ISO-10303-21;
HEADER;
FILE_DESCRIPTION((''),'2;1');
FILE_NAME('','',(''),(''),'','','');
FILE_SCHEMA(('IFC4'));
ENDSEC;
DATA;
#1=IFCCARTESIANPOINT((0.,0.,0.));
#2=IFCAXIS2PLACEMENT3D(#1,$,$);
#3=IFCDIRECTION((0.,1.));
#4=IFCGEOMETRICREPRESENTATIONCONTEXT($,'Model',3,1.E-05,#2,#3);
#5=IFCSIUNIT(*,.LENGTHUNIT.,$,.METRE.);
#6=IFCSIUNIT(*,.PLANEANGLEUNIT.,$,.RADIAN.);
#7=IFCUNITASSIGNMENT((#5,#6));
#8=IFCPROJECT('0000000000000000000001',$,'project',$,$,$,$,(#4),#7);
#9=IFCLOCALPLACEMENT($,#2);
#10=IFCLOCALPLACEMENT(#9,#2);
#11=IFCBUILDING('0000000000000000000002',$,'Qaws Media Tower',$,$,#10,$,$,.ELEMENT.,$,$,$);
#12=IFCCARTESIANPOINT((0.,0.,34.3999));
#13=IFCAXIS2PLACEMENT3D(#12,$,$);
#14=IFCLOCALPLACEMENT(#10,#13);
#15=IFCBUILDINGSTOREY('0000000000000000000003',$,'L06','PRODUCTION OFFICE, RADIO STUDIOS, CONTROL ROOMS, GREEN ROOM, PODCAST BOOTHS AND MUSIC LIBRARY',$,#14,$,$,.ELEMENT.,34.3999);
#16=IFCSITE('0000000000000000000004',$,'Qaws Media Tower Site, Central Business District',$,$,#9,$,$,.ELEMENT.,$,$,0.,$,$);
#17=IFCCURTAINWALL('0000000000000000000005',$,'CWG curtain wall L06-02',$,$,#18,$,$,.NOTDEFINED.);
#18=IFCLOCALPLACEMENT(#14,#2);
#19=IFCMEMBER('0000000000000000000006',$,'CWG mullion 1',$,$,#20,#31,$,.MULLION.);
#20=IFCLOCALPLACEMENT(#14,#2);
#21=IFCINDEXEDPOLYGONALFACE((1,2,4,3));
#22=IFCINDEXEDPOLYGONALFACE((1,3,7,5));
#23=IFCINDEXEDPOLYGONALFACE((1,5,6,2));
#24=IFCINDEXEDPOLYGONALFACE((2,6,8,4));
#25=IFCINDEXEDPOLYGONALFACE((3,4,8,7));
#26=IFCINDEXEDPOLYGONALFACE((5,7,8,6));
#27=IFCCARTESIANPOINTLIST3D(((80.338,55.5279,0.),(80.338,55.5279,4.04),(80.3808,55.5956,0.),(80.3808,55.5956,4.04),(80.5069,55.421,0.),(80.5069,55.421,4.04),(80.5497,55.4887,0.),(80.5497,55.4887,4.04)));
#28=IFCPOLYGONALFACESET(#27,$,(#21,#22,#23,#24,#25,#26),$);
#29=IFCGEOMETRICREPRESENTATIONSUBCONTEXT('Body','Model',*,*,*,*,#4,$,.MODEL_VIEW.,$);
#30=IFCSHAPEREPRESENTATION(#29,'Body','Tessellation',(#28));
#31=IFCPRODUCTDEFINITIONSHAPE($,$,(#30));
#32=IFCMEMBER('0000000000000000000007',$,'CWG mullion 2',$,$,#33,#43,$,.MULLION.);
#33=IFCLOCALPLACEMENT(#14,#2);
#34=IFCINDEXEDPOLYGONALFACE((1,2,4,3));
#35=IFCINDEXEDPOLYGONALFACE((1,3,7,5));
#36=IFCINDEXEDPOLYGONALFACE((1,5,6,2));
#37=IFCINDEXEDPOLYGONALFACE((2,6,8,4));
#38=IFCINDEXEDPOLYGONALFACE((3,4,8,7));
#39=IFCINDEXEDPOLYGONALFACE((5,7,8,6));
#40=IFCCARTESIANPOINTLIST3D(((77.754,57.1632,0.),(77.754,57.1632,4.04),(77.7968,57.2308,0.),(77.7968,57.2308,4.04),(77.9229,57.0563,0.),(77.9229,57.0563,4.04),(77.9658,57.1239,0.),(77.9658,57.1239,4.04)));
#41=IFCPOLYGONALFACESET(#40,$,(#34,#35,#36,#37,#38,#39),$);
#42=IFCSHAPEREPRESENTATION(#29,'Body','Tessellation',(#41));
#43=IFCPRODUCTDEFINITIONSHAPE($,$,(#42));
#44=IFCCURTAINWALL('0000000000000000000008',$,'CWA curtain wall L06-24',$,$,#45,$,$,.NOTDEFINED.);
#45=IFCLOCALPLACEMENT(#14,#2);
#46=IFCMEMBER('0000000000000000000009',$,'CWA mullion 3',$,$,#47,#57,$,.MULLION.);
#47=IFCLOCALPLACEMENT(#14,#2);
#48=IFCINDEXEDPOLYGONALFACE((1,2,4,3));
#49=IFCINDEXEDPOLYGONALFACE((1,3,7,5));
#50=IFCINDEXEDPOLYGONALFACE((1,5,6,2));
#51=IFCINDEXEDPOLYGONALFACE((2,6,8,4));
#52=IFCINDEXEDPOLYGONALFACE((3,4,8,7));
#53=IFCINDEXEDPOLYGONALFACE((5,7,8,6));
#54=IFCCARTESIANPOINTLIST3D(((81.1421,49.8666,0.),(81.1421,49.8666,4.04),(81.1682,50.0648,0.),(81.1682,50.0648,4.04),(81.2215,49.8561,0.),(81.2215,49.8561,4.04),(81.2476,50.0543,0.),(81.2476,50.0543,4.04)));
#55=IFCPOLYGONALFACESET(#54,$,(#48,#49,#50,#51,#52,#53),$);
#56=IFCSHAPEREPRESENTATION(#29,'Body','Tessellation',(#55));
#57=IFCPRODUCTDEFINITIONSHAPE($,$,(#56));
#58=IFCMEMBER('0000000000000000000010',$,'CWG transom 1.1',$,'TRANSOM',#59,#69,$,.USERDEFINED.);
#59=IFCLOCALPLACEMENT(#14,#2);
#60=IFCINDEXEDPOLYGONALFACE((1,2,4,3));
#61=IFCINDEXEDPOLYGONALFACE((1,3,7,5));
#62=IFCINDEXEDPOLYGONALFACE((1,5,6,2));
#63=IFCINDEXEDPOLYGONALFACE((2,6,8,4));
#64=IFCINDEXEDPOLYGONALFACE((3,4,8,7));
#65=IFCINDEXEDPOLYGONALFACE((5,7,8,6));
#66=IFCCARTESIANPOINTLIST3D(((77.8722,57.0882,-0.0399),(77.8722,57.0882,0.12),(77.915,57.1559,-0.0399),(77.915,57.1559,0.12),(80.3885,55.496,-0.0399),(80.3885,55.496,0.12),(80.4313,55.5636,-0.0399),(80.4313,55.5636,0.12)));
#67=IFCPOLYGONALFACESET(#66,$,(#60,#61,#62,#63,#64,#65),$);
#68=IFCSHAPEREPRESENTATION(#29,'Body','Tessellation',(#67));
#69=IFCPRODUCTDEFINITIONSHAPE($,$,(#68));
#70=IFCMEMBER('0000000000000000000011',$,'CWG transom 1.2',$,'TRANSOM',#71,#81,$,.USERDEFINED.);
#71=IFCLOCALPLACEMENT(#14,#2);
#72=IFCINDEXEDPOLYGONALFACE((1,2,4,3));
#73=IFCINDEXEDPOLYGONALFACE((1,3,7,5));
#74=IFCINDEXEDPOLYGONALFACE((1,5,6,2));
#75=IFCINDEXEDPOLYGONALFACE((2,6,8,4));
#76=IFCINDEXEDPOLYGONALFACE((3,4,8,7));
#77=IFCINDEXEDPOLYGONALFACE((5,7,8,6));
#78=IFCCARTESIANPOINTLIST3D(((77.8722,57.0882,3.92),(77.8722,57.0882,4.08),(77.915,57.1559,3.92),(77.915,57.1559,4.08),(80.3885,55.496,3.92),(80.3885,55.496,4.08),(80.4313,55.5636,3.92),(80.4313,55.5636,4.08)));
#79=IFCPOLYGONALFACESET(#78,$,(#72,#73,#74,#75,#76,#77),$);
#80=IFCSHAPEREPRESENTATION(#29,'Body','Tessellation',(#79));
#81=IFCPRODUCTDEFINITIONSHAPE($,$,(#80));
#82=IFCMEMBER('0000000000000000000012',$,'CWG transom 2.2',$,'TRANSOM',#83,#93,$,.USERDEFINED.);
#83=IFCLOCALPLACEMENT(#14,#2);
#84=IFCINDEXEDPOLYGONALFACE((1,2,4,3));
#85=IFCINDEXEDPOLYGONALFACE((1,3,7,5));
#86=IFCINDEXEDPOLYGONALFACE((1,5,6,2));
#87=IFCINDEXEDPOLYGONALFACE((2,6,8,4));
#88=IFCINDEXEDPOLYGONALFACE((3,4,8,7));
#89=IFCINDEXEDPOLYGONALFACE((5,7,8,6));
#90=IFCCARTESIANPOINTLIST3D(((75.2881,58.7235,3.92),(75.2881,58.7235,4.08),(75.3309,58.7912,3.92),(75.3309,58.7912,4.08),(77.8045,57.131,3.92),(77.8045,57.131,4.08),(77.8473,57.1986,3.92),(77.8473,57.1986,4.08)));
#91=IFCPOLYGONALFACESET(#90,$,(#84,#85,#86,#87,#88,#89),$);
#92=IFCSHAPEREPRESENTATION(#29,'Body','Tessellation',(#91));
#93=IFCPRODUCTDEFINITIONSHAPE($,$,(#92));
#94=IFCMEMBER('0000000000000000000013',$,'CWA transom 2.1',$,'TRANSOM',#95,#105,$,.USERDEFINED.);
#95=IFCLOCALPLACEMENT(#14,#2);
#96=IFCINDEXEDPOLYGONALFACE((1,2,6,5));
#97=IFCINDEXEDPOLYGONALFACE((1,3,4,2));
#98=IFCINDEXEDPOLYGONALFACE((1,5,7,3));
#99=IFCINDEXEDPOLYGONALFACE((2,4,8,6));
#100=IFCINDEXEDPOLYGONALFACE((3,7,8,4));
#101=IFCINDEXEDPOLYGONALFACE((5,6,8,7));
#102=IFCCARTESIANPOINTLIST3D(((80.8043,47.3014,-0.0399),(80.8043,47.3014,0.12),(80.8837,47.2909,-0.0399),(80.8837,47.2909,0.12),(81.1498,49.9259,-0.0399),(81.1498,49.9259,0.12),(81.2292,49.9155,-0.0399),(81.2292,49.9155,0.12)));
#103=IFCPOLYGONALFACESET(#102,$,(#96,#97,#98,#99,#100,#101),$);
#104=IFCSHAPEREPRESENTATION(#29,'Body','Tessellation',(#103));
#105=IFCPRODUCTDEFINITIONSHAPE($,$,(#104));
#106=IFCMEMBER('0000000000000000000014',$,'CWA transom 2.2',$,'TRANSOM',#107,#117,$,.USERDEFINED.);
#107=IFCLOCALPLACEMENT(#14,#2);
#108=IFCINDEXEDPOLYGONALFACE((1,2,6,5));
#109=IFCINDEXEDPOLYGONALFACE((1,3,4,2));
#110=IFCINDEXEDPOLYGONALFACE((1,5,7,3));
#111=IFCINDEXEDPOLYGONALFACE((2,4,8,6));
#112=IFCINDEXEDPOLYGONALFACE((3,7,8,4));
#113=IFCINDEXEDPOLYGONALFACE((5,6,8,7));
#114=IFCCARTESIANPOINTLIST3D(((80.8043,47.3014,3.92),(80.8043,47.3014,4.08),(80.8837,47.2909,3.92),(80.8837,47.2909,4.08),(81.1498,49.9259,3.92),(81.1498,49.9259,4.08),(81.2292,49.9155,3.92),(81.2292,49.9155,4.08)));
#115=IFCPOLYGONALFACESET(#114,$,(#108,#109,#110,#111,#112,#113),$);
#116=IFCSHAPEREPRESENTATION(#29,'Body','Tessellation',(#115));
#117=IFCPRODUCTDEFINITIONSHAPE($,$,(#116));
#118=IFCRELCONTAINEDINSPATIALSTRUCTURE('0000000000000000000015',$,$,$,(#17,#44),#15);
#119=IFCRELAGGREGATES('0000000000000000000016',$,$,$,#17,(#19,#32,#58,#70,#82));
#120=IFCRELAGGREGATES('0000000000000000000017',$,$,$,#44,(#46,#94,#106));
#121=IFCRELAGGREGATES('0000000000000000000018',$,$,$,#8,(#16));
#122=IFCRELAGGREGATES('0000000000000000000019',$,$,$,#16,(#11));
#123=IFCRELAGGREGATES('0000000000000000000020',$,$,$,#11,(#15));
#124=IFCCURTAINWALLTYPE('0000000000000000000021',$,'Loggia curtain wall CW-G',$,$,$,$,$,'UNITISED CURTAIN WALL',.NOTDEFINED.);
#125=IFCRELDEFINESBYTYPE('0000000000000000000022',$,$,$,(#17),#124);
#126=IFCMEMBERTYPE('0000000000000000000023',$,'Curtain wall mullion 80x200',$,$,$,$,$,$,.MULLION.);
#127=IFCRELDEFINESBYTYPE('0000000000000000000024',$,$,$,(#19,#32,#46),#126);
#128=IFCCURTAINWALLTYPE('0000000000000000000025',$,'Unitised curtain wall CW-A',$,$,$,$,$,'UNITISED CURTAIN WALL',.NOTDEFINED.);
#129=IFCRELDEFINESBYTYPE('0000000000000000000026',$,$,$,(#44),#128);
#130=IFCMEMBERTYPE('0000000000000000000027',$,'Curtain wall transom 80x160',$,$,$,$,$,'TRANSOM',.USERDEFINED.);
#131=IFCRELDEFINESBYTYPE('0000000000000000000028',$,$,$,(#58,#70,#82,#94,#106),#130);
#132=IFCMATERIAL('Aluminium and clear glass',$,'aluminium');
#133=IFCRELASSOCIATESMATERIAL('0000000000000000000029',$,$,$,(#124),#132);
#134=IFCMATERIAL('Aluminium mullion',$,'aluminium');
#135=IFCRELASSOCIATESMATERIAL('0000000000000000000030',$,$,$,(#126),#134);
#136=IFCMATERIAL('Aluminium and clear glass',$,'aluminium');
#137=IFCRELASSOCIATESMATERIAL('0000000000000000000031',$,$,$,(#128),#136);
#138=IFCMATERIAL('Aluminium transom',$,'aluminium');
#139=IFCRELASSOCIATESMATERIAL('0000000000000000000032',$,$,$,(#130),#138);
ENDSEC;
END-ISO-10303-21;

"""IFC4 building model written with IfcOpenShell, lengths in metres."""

from ifc_helpers import new_model, si_unit, direction, frame, origin, origin_2d, place, context, subcontext, project, spatial, rectangle, extrude, material, material_profile, profile_set, type_object, element, aggregate, save


model = new_model("IFC4")

# Units and contexts
model_context = context("Model", 3, precision=1e-05, world=origin(), true_north=direction((0.0, 1.0)))
body_context = subcontext(model_context, "Body", "Model", "MODEL_VIEW")
ifc_project = project(units=[si_unit("LENGTHUNIT", "METRE"), si_unit("PLANEANGLEUNIT", "RADIAN")], contexts=[model_context])

# Site, building, storey
site_placement = place(None, origin())
site = spatial("IfcSite", under=ifc_project, at=site_placement, Name="Qaws Media Tower Site, Central Business District", CompositionType="ELEMENT", RefElevation=0.0)
building_placement = place(site_placement, origin())
building = spatial("IfcBuilding", under=site, at=building_placement, Name="Qaws Media Tower", CompositionType="ELEMENT")
storey_placement = place(building_placement, frame((0.0, 0.0, 34.3999)))
storey = spatial("IfcBuildingStorey", under=building, at=storey_placement, Name="L06", Description="PRODUCTION OFFICE, RADIO STUDIOS, CONTROL ROOMS, GREEN ROOM, PODCAST BOOTHS AND MUSIC LIBRARY", CompositionType="ELEMENT", Elevation=34.3999)

# Curtain wall, members
ifc_material_1 = material(Name="Aluminium and clear glass", Category="aluminium")
curtain_wall_type_1 = type_object("IfcCurtainWallType", Name="Loggia curtain wall CW-G", ElementType="UNITISED CURTAIN WALL", PredefinedType="NOTDEFINED", material=ifc_material_1)
curtain_wall_1_placement = place(storey_placement, origin())
curtain_wall_1 = element("IfcCurtainWall", 1, at=curtain_wall_1_placement, inside=storey, type_object=curtain_wall_type_1, Name="CWG curtain wall L06-02", PredefinedType="NOTDEFINED")
ifc_material_2 = material(Name="Aluminium mullion", Category="aluminium")
ifc_material_profile_1 = material_profile(ifc_material_2, rectangle(XDim=0.0801, YDim=0.2, at=origin_2d()), Name="80x200")
ifc_profile_set_1 = profile_set([ifc_material_profile_1], Name="Aluminium mullion")
member_type_1 = type_object("IfcMemberType", Name="Curtain wall mullion 80x200", PredefinedType="MULLION", material=ifc_profile_set_1)
member_1_placement = place(storey_placement, frame((80.4438, 55.5083, 0.0), z_axis=(0.0, 0.0, 1.0), x_axis=(-0.534726, -0.845026, 0.0)))
member_1 = element("IfcMember", 2, at=member_1_placement, type_object=member_type_1, Name="CWG mullion 1", PredefinedType="MULLION", context=body_context, shape_type="SweptSolid", body=[
    extrude(rectangle(XDim=0.0801, YDim=0.2, at=origin_2d()), origin(), (0.0, 0.0, 1.0), 4.04),
])
member_2_placement = place(storey_placement, frame((77.8599, 57.1436, 0.0), z_axis=(0.0, 0.0, 1.0), x_axis=(-0.534726, -0.845026, 0.0)))
member_2 = element("IfcMember", 3, at=member_2_placement, type_object=member_type_1, Name="CWG mullion 2", PredefinedType="MULLION", context=body_context, shape_type="SweptSolid", body=[
    extrude(rectangle(XDim=0.0801, YDim=0.2, at=origin_2d()), origin(), (0.0, 0.0, 1.0), 4.04),
])

# Curtain wall, member
ifc_material_3 = material(Name="Aluminium and clear glass", Category="aluminium")
curtain_wall_type_2 = type_object("IfcCurtainWallType", Name="Unitised curtain wall CW-A", ElementType="UNITISED CURTAIN WALL", PredefinedType="NOTDEFINED", material=ifc_material_3)
curtain_wall_2_placement = place(storey_placement, origin())
curtain_wall_2 = element("IfcCurtainWall", 4, at=curtain_wall_2_placement, inside=storey, type_object=curtain_wall_type_2, Name="CWA curtain wall L06-24", PredefinedType="NOTDEFINED")
member_3_placement = place(storey_placement, frame((81.1948, 49.9604, 0.0), z_axis=(0.0, 0.0, 1.0), x_axis=(-0.991445, 0.130526, 0.0)))
member_3 = element("IfcMember", 5, at=member_3_placement, type_object=member_type_1, Name="CWA mullion 3", PredefinedType="MULLION", context=body_context, shape_type="SweptSolid", body=[
    extrude(rectangle(XDim=0.0801, YDim=0.2, at=origin_2d()), origin(), (0.0, 0.0, 1.0), 4.04),
])

# Members
ifc_material_4 = material(Name="Aluminium transom", Category="aluminium")
ifc_material_profile_2 = material_profile(ifc_material_4, rectangle(XDim=0.0801, YDim=0.1599, at=origin_2d()), Name="80x160")
ifc_profile_set_2 = profile_set([ifc_material_profile_2], Name="Aluminium transom")
member_type_2 = type_object("IfcMemberType", Name="Curtain wall transom 80x160", ElementType="TRANSOM", PredefinedType="USERDEFINED", material=ifc_profile_set_2)
member_4_placement = place(storey_placement, frame((80.4099, 55.5298, 0.04), z_axis=(-0.845033, 0.534715, 0.0), x_axis=(-0.534715, -0.845033, 0.0)))
member_4 = element("IfcMember", 6, at=member_4_placement, type_object=member_type_2, Name="CWG transom 1.1", ObjectType="TRANSOM", PredefinedType="USERDEFINED", context=body_context, shape_type="SweptSolid", body=[
    extrude(rectangle(XDim=0.0801, YDim=0.1599, at=origin_2d()), origin(), (0.0, 0.0, 1.0), 2.9778),
])
member_5_placement = place(storey_placement, frame((80.4099, 55.5298, 4.0), z_axis=(-0.845033, 0.534715, 0.0), x_axis=(-0.534715, -0.845033, 0.0)))
member_5 = element("IfcMember", 7, at=member_5_placement, type_object=member_type_2, Name="CWG transom 1.2", ObjectType="TRANSOM", PredefinedType="USERDEFINED", context=body_context, shape_type="SweptSolid", body=[
    extrude(rectangle(XDim=0.0801, YDim=0.1599, at=origin_2d()), origin(), (0.0, 0.0, 1.0), 2.9778),
])
member_6_placement = place(storey_placement, frame((77.8259, 57.1648, 4.0), z_axis=(-0.844996, 0.534773, 0.0), x_axis=(-0.534773, -0.844996, 0.0)))
member_6 = element("IfcMember", 8, at=member_6_placement, type_object=member_type_2, Name="CWG transom 2.2", ObjectType="TRANSOM", PredefinedType="USERDEFINED", context=body_context, shape_type="SweptSolid", body=[
    extrude(rectangle(XDim=0.0801, YDim=0.1599, at=origin_2d()), origin(), (0.0, 0.0, 1.0), 2.978),
])
member_7_placement = place(storey_placement, frame((80.844, 47.2961, 0.04), z_axis=(0.130502, 0.991448, 0.0), x_axis=(-0.991448, 0.130502, 0.0)))
member_7 = element("IfcMember", 9, at=member_7_placement, type_object=member_type_2, Name="CWA transom 2.1", ObjectType="TRANSOM", PredefinedType="USERDEFINED", context=body_context, shape_type="SweptSolid", body=[
    extrude(rectangle(XDim=0.0801, YDim=0.1599, at=origin_2d()), origin(), (0.0, 0.0, 1.0), 2.6472),
])
member_8_placement = place(storey_placement, frame((80.844, 47.2961, 4.0), z_axis=(0.130502, 0.991448, 0.0), x_axis=(-0.991448, 0.130502, 0.0)))
member_8 = element("IfcMember", 10, at=member_8_placement, type_object=member_type_2, Name="CWA transom 2.2", ObjectType="TRANSOM", PredefinedType="USERDEFINED", context=body_context, shape_type="SweptSolid", body=[
    extrude(rectangle(XDim=0.0801, YDim=0.1599, at=origin_2d()), origin(), (0.0, 0.0, 1.0), 2.6472),
])

aggregate(curtain_wall_1, [member_1, member_2, member_4, member_5, member_6])
aggregate(curtain_wall_2, [member_3, member_7, member_8])

save(model, "model.ifc")
